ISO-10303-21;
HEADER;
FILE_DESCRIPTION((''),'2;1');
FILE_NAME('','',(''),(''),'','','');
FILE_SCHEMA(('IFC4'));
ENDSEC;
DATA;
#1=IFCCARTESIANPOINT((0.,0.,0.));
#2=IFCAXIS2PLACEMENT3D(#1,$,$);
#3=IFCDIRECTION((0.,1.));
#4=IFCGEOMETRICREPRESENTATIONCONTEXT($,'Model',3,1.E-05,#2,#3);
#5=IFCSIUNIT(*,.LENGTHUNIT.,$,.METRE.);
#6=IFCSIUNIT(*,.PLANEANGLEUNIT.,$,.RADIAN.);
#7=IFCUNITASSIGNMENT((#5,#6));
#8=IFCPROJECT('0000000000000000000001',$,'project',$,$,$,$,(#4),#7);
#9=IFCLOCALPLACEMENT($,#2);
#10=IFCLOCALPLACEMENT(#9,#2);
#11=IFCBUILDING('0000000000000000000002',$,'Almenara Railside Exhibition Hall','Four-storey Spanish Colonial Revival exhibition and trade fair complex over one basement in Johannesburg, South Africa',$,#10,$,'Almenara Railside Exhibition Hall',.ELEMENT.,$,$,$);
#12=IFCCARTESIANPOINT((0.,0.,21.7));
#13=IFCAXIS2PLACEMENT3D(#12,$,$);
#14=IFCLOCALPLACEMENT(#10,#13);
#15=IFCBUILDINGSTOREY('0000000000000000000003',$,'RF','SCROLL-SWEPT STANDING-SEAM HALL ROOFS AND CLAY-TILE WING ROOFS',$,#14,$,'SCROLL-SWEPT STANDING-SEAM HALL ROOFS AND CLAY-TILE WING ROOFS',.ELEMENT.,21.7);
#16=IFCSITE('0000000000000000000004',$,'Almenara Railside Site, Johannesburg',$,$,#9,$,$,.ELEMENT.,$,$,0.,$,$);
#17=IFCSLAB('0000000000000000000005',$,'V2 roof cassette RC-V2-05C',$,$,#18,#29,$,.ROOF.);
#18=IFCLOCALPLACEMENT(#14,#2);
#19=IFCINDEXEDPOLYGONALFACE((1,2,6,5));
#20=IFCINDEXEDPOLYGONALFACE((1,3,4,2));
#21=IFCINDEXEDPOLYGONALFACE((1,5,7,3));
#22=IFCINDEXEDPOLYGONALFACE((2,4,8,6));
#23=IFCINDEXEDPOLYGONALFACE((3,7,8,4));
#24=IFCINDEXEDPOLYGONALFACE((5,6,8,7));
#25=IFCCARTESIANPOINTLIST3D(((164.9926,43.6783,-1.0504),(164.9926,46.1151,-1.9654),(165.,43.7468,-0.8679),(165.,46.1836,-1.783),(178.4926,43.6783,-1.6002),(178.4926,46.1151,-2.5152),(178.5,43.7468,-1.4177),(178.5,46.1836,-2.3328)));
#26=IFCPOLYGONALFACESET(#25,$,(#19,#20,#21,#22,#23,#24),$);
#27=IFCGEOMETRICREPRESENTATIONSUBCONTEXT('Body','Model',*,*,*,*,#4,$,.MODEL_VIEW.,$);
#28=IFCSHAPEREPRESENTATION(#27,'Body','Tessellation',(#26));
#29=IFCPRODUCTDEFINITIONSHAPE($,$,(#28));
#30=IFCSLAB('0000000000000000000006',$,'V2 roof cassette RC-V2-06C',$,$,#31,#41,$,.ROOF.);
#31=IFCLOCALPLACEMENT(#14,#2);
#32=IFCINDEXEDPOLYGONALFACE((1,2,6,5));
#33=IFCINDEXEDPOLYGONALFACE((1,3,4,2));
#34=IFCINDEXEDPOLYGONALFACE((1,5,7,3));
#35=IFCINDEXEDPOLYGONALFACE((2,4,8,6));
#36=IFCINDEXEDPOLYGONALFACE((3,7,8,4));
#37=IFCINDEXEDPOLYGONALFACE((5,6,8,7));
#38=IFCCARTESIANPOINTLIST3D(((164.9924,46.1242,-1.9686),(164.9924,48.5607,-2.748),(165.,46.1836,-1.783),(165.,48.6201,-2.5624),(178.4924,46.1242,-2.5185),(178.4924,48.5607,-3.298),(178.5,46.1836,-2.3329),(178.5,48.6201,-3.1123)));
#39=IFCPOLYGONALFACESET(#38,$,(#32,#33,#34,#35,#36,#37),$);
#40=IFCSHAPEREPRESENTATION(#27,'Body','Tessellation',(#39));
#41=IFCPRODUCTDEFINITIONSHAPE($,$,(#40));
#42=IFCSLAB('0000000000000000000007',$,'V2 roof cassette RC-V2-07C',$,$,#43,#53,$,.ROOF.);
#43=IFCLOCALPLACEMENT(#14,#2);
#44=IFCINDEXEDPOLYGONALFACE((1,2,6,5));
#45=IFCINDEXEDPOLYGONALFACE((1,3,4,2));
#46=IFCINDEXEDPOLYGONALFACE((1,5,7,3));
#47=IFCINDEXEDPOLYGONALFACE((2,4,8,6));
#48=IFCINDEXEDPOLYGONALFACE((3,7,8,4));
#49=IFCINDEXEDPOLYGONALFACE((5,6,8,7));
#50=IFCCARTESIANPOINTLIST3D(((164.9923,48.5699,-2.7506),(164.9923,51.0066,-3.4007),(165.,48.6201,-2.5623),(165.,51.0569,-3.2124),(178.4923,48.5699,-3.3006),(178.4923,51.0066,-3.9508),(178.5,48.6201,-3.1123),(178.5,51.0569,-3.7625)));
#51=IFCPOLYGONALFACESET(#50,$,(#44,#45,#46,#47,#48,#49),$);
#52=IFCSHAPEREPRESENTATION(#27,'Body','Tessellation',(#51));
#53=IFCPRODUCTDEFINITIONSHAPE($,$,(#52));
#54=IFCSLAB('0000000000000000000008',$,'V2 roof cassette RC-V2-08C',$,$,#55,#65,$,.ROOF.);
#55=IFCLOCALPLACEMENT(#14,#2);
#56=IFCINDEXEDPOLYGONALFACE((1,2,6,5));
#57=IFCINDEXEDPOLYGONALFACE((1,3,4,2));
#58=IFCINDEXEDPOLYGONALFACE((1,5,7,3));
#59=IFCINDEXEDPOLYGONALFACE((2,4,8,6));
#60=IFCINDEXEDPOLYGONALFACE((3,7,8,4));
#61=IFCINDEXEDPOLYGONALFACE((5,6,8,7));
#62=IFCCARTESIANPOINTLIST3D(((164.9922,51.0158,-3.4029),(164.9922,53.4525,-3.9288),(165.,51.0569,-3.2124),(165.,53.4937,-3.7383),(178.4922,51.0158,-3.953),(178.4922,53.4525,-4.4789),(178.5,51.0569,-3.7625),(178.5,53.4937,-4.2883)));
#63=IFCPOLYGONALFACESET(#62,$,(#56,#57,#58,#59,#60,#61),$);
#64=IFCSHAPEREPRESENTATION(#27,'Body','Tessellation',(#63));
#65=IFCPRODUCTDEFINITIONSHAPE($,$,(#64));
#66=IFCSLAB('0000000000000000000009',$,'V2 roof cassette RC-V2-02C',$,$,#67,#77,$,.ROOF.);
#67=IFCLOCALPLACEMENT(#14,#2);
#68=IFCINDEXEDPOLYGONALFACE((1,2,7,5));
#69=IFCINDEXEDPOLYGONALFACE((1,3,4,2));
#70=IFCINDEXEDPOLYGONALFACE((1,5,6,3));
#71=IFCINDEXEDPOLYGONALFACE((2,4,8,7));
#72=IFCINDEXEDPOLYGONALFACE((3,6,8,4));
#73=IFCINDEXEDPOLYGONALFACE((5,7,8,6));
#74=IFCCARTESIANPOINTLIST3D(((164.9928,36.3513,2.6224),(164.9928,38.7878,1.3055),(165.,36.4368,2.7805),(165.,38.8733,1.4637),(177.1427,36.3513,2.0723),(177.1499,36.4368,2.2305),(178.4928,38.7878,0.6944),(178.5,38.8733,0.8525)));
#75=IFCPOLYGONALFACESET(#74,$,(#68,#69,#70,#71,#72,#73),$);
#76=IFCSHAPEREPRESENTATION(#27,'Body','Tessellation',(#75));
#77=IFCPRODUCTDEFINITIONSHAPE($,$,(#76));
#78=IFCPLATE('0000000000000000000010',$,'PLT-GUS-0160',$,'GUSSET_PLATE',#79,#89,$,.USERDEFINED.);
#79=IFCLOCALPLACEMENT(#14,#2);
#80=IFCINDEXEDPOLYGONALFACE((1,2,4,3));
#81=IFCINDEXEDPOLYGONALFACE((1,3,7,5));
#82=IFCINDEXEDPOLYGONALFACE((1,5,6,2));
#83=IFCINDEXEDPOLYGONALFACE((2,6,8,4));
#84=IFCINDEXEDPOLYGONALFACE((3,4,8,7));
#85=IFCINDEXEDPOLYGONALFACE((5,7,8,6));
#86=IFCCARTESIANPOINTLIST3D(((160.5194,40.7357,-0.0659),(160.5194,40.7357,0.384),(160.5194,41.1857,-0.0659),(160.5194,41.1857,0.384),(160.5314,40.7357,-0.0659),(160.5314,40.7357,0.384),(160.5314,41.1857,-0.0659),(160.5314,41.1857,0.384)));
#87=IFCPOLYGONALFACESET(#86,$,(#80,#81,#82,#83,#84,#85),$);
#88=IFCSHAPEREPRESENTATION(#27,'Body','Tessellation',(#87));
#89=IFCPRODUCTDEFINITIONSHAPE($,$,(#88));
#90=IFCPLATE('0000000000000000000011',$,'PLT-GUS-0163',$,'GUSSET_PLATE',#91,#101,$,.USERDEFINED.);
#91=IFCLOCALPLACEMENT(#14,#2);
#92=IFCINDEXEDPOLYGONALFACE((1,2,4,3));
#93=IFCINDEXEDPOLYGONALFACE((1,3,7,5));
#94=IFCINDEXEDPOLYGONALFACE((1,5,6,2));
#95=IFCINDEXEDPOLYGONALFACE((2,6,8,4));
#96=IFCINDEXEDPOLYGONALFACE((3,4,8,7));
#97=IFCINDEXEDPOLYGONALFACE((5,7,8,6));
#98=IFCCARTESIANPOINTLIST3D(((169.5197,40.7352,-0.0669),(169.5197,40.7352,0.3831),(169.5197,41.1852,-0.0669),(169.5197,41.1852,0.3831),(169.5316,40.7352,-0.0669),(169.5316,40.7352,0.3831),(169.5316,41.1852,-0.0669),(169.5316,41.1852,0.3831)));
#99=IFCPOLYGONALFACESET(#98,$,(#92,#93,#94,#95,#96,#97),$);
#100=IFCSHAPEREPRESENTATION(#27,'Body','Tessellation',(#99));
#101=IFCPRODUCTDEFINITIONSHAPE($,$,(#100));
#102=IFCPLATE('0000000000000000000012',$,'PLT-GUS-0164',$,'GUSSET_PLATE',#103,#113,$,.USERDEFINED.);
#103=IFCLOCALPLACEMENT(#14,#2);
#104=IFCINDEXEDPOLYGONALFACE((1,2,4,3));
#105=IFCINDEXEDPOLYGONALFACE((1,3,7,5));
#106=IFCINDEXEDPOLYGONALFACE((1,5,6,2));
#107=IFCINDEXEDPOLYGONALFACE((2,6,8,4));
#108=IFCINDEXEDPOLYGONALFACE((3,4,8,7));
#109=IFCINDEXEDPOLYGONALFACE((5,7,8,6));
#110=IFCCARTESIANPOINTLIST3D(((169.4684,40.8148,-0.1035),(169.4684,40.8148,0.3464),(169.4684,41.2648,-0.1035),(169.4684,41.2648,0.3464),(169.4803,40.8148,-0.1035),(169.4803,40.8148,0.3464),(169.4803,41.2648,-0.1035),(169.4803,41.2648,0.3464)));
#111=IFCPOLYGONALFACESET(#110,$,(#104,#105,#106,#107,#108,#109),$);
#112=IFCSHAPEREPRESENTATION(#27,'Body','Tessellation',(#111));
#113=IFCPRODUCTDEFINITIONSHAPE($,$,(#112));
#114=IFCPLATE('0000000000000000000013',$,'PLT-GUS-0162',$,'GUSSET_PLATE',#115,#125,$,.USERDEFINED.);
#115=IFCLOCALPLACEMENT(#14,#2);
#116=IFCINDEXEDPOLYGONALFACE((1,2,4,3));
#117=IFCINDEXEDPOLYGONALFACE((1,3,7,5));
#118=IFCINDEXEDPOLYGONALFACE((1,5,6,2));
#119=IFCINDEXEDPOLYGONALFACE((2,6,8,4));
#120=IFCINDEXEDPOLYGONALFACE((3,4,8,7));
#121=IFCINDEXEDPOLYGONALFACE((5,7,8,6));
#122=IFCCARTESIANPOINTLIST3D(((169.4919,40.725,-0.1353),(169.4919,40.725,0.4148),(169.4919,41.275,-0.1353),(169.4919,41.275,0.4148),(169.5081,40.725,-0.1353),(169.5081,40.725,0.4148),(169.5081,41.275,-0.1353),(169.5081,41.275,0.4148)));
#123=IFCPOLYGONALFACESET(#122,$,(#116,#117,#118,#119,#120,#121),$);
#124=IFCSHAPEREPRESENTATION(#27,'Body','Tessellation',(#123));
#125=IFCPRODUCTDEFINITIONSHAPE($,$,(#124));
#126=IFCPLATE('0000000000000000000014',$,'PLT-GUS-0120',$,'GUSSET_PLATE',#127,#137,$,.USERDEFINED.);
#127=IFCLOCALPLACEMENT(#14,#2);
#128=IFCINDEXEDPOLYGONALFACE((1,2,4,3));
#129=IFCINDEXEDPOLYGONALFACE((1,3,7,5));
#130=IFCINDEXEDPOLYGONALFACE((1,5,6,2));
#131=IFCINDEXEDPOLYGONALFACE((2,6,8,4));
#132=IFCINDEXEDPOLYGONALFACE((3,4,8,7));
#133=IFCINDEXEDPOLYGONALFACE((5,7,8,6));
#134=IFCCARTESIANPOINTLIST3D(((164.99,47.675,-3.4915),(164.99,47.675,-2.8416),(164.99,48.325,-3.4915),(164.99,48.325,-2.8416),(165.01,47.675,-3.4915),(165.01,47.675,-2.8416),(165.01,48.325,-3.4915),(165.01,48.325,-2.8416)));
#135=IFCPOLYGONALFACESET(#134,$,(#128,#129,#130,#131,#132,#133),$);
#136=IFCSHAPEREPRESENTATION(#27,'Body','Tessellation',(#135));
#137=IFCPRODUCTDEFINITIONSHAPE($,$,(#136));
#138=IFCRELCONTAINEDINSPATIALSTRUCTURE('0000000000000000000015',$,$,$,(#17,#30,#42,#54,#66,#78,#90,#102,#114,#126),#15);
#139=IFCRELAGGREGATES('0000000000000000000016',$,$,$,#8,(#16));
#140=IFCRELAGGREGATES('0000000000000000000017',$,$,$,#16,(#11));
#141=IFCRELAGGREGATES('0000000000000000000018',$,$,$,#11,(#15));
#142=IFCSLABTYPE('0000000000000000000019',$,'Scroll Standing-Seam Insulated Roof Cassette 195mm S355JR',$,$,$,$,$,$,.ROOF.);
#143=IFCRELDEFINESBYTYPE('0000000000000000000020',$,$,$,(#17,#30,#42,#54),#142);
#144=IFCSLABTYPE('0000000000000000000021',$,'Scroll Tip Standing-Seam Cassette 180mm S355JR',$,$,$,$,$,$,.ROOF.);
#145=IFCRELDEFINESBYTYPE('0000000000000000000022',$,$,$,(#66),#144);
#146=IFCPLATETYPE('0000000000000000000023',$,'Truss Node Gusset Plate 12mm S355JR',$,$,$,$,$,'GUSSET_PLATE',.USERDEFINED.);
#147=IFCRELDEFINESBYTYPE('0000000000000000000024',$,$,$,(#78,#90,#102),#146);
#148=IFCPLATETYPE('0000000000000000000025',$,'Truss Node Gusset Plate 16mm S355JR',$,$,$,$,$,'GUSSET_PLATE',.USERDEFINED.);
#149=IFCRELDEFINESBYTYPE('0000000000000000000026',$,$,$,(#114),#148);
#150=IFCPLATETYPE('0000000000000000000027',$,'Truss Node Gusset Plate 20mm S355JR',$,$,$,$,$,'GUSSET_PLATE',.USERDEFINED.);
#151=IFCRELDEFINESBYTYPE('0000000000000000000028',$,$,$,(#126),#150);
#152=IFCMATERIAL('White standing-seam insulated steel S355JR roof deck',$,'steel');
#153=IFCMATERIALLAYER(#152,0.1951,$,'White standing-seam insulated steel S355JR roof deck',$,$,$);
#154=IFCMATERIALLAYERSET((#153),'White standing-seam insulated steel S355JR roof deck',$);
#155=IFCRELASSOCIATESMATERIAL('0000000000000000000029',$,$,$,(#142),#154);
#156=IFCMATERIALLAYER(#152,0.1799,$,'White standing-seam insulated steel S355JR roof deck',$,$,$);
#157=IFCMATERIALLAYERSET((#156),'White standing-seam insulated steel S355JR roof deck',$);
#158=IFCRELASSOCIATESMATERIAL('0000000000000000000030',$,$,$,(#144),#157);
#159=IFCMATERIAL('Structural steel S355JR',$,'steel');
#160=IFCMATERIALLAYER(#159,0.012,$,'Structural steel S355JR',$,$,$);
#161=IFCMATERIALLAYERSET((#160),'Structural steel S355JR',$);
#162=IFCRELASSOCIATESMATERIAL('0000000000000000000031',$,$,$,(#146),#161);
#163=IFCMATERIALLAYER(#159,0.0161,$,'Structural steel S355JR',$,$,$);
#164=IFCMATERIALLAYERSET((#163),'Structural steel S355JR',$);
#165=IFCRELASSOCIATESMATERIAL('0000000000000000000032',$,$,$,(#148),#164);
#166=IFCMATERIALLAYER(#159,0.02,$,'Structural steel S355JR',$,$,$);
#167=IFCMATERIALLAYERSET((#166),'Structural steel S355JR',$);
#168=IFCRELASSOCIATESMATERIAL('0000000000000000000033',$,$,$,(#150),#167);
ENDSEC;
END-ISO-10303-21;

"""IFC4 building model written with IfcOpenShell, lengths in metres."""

from ifc_helpers import new_model, si_unit, direction, frame, origin, origin_2d, place, context, subcontext, project, spatial, polyline, rectangle, outline, extrude, material, layer, layer_set, type_object, element, save


model = new_model("IFC4")

# Units and contexts
model_context = context("Model", 3, precision=1e-05, world=origin(), true_north=direction((0.0, 1.0)))
body_context = subcontext(model_context, "Body", "Model", "MODEL_VIEW")
ifc_project = project(units=[si_unit("LENGTHUNIT", "METRE"), si_unit("PLANEANGLEUNIT", "RADIAN")], contexts=[model_context])

# Site, building, storey
site_placement = place(None, origin())
site = spatial("IfcSite", under=ifc_project, at=site_placement, Name="Almenara Railside Site, Johannesburg", CompositionType="ELEMENT", RefElevation=0.0)
building_placement = place(site_placement, origin())
building = spatial("IfcBuilding", under=site, at=building_placement, Name="Almenara Railside Exhibition Hall", Description="Four-storey Spanish Colonial Revival exhibition and trade fair complex over one basement in Johannesburg, South Africa", LongName="Almenara Railside Exhibition Hall", CompositionType="ELEMENT")
storey_placement = place(building_placement, frame((0.0, 0.0, 21.7)))
storey = spatial("IfcBuildingStorey", under=building, at=storey_placement, Name="RF", Description="SCROLL-SWEPT STANDING-SEAM HALL ROOFS AND CLAY-TILE WING ROOFS", LongName="SCROLL-SWEPT STANDING-SEAM HALL ROOFS AND CLAY-TILE WING ROOFS", CompositionType="ELEMENT", Elevation=21.7)

# Shared definitions
ifc_material_1 = material(Name="Structural steel S355JR", Category="steel")

# Slabs
ifc_material_2 = material(Name="White standing-seam insulated steel S355JR roof deck", Category="steel")
ifc_layer_1 = layer(ifc_material_2, 0.1951, Name="White standing-seam insulated steel S355JR roof deck")
ifc_layer_set_1 = layer_set([ifc_layer_1], Name="White standing-seam insulated steel S355JR roof deck")
slab_type_1 = type_object("IfcSlabType", Name="Scroll Standing-Seam Insulated Roof Cassette 195mm S355JR", PredefinedType="ROOF", material=ifc_layer_set_1)
slab_1_placement = place(storey_placement, frame((165.0, 43.7468, -0.8679), z_axis=(0.038099, 0.35129, 0.935491), x_axis=(0.999172, 0.0, -0.040693)))
element("IfcSlab", 1, at=slab_1_placement, inside=storey, type_object=slab_type_1, Name="V2 roof cassette RC-V2-05C", PredefinedType="ROOF", context=body_context, shape_type="SweptSolid", body=[
    extrude(outline(polyline([(0.0, 0.0), (13.5112, 0.0), (13.5484, 2.6026), (0.0372, 2.6026), (0.0, 0.0)])), origin(), (0.0, 0.0, -1.0), 0.1951),
])
slab_2_placement = place(storey_placement, frame((165.0, 46.1836, -1.783), z_axis=(0.038769, 0.304451, 0.951739), x_axis=(0.999171, -0.000003, -0.040701)))
element("IfcSlab", 2, at=slab_2_placement, inside=storey, type_object=slab_type_1, Name="V2 roof cassette RC-V2-06C", PredefinedType="ROOF", context=body_context, shape_type="SweptSolid", body=[
    extrude(outline(polyline([(0.0, 0.0), (13.5112, 0.0), (13.5429, 2.558), (0.0317, 2.5579), (0.0, 0.0)])), origin(), (0.0, 0.0, -1.0), 0.1951),
])
slab_3_placement = place(storey_placement, frame((165.0, 48.6201, -2.5623), z_axis=(0.039337, 0.25759, 0.965453), x_axis=(0.999171, 0.0, -0.040711)))
element("IfcSlab", 3, at=slab_3_placement, inside=storey, type_object=slab_type_1, Name="V2 roof cassette RC-V2-07C", PredefinedType="ROOF", context=body_context, shape_type="SweptSolid", body=[
    extrude(outline(polyline([(0.0, 0.0), (13.5112, 0.0), (13.5377, 2.5219), (0.0265, 2.5219), (0.0, 0.0)])), origin(), (0.0, 0.0, -1.0), 0.1951),
])
slab_4_placement = place(storey_placement, frame((165.0, 51.0569, -3.2124), z_axis=(0.039796, 0.210786, 0.976722), x_axis=(0.999171, 0.0, -0.040711)))
element("IfcSlab", 4, at=slab_4_placement, inside=storey, type_object=slab_type_1, Name="V2 roof cassette RC-V2-08C", PredefinedType="ROOF", context=body_context, shape_type="SweptSolid", body=[
    extrude(outline(polyline([(0.0, 0.0), (13.5112, 0.0), (13.5326, 2.4928), (0.0214, 2.4928), (0.0, 0.0)])), origin(), (0.0, 0.0, -1.0), 0.1951),
])
ifc_layer_2 = layer(ifc_material_2, 0.1799, Name="White standing-seam insulated steel S355JR roof deck")
ifc_layer_set_2 = layer_set([ifc_layer_2], Name="White standing-seam insulated steel S355JR roof deck")
slab_type_2 = type_object("IfcSlabType", Name="Scroll Tip Standing-Seam Cassette 180mm S355JR", PredefinedType="ROOF", material=ifc_layer_set_2)
slab_5_placement = place(storey_placement, frame((165.0, 36.4368, 2.7805), z_axis=(0.039793, 0.475088, 0.879038), x_axis=(0.998977, 0.000001, -0.045223)))
element("IfcSlab", 5, at=slab_5_placement, inside=storey, type_object=slab_type_2, Name="V2 roof cassette RC-V2-02C", PredefinedType="ROOF", context=body_context, shape_type="SweptSolid", body=[
    extrude(outline(polyline([(0.0, 0.0), (12.1623, 0.0), (13.5734, 2.7689), (0.0596, 2.769), (0.0, 0.0)])), origin(), (0.0, 0.0, -1.0), 0.1799),
])

# Plates
ifc_layer_3 = layer(ifc_material_1, 0.012, Name="Structural steel S355JR")
ifc_layer_set_3 = layer_set([ifc_layer_3], Name="Structural steel S355JR")
plate_type_1 = type_object("IfcPlateType", Name="Truss Node Gusset Plate 12mm S355JR", ElementType="GUSSET_PLATE", PredefinedType="USERDEFINED", material=ifc_layer_set_3)
for number, where, z_axis, x_axis, name in (
    (6, (160.5254, 40.9607, -0.0659), (0.0, 0.0, 1.0), (0.0, 1.0, 0.0), "PLT-GUS-0160"),
    (7, (169.5256, 40.9602, -0.0669), (0.0, 0.0, 1.0), (0.0, 1.0, 0.0), "PLT-GUS-0163"),
    (8, (169.4744, 41.0398, -0.1035), (0.0, 0.0, 1.0), (0.0, 1.0, 0.0), "PLT-GUS-0164"),
):
    element("IfcPlate", number, at=place(storey_placement, frame(where, z_axis=z_axis, x_axis=x_axis)), inside=storey, type_object=plate_type_1, Name=name, ObjectType="GUSSET_PLATE", PredefinedType="USERDEFINED", context=body_context, shape_type="SweptSolid", body=[
        extrude(rectangle(XDim=0.45, YDim=0.012, at=origin_2d()), origin(), (0.0, 0.0, 1.0), 0.45),
    ])
ifc_layer_4 = layer(ifc_material_1, 0.0161, Name="Structural steel S355JR")
ifc_layer_set_4 = layer_set([ifc_layer_4], Name="Structural steel S355JR")
plate_type_2 = type_object("IfcPlateType", Name="Truss Node Gusset Plate 16mm S355JR", ElementType="GUSSET_PLATE", PredefinedType="USERDEFINED", material=ifc_layer_set_4)
plate_1_placement = place(storey_placement, frame((169.5, 41.0, -0.1353), z_axis=(0.0, 0.0, 1.0), x_axis=(0.0, 1.0, 0.0)))
element("IfcPlate", 9, at=plate_1_placement, inside=storey, type_object=plate_type_2, Name="PLT-GUS-0162", ObjectType="GUSSET_PLATE", PredefinedType="USERDEFINED", context=body_context, shape_type="SweptSolid", body=[
    extrude(rectangle(XDim=0.55, YDim=0.0161, at=origin_2d()), origin(), (0.0, 0.0, 1.0), 0.55),
])
ifc_layer_5 = layer(ifc_material_1, 0.02, Name="Structural steel S355JR")
ifc_layer_set_5 = layer_set([ifc_layer_5], Name="Structural steel S355JR")
plate_type_3 = type_object("IfcPlateType", Name="Truss Node Gusset Plate 20mm S355JR", ElementType="GUSSET_PLATE", PredefinedType="USERDEFINED", material=ifc_layer_set_5)
plate_2_placement = place(storey_placement, frame((165.0, 48.0, -3.4915), z_axis=(0.0, 0.0, 1.0), x_axis=(0.0, 1.0, 0.0)))
element("IfcPlate", 10, at=plate_2_placement, inside=storey, type_object=plate_type_3, Name="PLT-GUS-0120", ObjectType="GUSSET_PLATE", PredefinedType="USERDEFINED", context=body_context, shape_type="SweptSolid", body=[
    extrude(rectangle(XDim=0.6499, YDim=0.02, at=origin_2d()), origin(), (0.0, 0.0, 1.0), 0.6499),
])

save(model, "model.ifc")
